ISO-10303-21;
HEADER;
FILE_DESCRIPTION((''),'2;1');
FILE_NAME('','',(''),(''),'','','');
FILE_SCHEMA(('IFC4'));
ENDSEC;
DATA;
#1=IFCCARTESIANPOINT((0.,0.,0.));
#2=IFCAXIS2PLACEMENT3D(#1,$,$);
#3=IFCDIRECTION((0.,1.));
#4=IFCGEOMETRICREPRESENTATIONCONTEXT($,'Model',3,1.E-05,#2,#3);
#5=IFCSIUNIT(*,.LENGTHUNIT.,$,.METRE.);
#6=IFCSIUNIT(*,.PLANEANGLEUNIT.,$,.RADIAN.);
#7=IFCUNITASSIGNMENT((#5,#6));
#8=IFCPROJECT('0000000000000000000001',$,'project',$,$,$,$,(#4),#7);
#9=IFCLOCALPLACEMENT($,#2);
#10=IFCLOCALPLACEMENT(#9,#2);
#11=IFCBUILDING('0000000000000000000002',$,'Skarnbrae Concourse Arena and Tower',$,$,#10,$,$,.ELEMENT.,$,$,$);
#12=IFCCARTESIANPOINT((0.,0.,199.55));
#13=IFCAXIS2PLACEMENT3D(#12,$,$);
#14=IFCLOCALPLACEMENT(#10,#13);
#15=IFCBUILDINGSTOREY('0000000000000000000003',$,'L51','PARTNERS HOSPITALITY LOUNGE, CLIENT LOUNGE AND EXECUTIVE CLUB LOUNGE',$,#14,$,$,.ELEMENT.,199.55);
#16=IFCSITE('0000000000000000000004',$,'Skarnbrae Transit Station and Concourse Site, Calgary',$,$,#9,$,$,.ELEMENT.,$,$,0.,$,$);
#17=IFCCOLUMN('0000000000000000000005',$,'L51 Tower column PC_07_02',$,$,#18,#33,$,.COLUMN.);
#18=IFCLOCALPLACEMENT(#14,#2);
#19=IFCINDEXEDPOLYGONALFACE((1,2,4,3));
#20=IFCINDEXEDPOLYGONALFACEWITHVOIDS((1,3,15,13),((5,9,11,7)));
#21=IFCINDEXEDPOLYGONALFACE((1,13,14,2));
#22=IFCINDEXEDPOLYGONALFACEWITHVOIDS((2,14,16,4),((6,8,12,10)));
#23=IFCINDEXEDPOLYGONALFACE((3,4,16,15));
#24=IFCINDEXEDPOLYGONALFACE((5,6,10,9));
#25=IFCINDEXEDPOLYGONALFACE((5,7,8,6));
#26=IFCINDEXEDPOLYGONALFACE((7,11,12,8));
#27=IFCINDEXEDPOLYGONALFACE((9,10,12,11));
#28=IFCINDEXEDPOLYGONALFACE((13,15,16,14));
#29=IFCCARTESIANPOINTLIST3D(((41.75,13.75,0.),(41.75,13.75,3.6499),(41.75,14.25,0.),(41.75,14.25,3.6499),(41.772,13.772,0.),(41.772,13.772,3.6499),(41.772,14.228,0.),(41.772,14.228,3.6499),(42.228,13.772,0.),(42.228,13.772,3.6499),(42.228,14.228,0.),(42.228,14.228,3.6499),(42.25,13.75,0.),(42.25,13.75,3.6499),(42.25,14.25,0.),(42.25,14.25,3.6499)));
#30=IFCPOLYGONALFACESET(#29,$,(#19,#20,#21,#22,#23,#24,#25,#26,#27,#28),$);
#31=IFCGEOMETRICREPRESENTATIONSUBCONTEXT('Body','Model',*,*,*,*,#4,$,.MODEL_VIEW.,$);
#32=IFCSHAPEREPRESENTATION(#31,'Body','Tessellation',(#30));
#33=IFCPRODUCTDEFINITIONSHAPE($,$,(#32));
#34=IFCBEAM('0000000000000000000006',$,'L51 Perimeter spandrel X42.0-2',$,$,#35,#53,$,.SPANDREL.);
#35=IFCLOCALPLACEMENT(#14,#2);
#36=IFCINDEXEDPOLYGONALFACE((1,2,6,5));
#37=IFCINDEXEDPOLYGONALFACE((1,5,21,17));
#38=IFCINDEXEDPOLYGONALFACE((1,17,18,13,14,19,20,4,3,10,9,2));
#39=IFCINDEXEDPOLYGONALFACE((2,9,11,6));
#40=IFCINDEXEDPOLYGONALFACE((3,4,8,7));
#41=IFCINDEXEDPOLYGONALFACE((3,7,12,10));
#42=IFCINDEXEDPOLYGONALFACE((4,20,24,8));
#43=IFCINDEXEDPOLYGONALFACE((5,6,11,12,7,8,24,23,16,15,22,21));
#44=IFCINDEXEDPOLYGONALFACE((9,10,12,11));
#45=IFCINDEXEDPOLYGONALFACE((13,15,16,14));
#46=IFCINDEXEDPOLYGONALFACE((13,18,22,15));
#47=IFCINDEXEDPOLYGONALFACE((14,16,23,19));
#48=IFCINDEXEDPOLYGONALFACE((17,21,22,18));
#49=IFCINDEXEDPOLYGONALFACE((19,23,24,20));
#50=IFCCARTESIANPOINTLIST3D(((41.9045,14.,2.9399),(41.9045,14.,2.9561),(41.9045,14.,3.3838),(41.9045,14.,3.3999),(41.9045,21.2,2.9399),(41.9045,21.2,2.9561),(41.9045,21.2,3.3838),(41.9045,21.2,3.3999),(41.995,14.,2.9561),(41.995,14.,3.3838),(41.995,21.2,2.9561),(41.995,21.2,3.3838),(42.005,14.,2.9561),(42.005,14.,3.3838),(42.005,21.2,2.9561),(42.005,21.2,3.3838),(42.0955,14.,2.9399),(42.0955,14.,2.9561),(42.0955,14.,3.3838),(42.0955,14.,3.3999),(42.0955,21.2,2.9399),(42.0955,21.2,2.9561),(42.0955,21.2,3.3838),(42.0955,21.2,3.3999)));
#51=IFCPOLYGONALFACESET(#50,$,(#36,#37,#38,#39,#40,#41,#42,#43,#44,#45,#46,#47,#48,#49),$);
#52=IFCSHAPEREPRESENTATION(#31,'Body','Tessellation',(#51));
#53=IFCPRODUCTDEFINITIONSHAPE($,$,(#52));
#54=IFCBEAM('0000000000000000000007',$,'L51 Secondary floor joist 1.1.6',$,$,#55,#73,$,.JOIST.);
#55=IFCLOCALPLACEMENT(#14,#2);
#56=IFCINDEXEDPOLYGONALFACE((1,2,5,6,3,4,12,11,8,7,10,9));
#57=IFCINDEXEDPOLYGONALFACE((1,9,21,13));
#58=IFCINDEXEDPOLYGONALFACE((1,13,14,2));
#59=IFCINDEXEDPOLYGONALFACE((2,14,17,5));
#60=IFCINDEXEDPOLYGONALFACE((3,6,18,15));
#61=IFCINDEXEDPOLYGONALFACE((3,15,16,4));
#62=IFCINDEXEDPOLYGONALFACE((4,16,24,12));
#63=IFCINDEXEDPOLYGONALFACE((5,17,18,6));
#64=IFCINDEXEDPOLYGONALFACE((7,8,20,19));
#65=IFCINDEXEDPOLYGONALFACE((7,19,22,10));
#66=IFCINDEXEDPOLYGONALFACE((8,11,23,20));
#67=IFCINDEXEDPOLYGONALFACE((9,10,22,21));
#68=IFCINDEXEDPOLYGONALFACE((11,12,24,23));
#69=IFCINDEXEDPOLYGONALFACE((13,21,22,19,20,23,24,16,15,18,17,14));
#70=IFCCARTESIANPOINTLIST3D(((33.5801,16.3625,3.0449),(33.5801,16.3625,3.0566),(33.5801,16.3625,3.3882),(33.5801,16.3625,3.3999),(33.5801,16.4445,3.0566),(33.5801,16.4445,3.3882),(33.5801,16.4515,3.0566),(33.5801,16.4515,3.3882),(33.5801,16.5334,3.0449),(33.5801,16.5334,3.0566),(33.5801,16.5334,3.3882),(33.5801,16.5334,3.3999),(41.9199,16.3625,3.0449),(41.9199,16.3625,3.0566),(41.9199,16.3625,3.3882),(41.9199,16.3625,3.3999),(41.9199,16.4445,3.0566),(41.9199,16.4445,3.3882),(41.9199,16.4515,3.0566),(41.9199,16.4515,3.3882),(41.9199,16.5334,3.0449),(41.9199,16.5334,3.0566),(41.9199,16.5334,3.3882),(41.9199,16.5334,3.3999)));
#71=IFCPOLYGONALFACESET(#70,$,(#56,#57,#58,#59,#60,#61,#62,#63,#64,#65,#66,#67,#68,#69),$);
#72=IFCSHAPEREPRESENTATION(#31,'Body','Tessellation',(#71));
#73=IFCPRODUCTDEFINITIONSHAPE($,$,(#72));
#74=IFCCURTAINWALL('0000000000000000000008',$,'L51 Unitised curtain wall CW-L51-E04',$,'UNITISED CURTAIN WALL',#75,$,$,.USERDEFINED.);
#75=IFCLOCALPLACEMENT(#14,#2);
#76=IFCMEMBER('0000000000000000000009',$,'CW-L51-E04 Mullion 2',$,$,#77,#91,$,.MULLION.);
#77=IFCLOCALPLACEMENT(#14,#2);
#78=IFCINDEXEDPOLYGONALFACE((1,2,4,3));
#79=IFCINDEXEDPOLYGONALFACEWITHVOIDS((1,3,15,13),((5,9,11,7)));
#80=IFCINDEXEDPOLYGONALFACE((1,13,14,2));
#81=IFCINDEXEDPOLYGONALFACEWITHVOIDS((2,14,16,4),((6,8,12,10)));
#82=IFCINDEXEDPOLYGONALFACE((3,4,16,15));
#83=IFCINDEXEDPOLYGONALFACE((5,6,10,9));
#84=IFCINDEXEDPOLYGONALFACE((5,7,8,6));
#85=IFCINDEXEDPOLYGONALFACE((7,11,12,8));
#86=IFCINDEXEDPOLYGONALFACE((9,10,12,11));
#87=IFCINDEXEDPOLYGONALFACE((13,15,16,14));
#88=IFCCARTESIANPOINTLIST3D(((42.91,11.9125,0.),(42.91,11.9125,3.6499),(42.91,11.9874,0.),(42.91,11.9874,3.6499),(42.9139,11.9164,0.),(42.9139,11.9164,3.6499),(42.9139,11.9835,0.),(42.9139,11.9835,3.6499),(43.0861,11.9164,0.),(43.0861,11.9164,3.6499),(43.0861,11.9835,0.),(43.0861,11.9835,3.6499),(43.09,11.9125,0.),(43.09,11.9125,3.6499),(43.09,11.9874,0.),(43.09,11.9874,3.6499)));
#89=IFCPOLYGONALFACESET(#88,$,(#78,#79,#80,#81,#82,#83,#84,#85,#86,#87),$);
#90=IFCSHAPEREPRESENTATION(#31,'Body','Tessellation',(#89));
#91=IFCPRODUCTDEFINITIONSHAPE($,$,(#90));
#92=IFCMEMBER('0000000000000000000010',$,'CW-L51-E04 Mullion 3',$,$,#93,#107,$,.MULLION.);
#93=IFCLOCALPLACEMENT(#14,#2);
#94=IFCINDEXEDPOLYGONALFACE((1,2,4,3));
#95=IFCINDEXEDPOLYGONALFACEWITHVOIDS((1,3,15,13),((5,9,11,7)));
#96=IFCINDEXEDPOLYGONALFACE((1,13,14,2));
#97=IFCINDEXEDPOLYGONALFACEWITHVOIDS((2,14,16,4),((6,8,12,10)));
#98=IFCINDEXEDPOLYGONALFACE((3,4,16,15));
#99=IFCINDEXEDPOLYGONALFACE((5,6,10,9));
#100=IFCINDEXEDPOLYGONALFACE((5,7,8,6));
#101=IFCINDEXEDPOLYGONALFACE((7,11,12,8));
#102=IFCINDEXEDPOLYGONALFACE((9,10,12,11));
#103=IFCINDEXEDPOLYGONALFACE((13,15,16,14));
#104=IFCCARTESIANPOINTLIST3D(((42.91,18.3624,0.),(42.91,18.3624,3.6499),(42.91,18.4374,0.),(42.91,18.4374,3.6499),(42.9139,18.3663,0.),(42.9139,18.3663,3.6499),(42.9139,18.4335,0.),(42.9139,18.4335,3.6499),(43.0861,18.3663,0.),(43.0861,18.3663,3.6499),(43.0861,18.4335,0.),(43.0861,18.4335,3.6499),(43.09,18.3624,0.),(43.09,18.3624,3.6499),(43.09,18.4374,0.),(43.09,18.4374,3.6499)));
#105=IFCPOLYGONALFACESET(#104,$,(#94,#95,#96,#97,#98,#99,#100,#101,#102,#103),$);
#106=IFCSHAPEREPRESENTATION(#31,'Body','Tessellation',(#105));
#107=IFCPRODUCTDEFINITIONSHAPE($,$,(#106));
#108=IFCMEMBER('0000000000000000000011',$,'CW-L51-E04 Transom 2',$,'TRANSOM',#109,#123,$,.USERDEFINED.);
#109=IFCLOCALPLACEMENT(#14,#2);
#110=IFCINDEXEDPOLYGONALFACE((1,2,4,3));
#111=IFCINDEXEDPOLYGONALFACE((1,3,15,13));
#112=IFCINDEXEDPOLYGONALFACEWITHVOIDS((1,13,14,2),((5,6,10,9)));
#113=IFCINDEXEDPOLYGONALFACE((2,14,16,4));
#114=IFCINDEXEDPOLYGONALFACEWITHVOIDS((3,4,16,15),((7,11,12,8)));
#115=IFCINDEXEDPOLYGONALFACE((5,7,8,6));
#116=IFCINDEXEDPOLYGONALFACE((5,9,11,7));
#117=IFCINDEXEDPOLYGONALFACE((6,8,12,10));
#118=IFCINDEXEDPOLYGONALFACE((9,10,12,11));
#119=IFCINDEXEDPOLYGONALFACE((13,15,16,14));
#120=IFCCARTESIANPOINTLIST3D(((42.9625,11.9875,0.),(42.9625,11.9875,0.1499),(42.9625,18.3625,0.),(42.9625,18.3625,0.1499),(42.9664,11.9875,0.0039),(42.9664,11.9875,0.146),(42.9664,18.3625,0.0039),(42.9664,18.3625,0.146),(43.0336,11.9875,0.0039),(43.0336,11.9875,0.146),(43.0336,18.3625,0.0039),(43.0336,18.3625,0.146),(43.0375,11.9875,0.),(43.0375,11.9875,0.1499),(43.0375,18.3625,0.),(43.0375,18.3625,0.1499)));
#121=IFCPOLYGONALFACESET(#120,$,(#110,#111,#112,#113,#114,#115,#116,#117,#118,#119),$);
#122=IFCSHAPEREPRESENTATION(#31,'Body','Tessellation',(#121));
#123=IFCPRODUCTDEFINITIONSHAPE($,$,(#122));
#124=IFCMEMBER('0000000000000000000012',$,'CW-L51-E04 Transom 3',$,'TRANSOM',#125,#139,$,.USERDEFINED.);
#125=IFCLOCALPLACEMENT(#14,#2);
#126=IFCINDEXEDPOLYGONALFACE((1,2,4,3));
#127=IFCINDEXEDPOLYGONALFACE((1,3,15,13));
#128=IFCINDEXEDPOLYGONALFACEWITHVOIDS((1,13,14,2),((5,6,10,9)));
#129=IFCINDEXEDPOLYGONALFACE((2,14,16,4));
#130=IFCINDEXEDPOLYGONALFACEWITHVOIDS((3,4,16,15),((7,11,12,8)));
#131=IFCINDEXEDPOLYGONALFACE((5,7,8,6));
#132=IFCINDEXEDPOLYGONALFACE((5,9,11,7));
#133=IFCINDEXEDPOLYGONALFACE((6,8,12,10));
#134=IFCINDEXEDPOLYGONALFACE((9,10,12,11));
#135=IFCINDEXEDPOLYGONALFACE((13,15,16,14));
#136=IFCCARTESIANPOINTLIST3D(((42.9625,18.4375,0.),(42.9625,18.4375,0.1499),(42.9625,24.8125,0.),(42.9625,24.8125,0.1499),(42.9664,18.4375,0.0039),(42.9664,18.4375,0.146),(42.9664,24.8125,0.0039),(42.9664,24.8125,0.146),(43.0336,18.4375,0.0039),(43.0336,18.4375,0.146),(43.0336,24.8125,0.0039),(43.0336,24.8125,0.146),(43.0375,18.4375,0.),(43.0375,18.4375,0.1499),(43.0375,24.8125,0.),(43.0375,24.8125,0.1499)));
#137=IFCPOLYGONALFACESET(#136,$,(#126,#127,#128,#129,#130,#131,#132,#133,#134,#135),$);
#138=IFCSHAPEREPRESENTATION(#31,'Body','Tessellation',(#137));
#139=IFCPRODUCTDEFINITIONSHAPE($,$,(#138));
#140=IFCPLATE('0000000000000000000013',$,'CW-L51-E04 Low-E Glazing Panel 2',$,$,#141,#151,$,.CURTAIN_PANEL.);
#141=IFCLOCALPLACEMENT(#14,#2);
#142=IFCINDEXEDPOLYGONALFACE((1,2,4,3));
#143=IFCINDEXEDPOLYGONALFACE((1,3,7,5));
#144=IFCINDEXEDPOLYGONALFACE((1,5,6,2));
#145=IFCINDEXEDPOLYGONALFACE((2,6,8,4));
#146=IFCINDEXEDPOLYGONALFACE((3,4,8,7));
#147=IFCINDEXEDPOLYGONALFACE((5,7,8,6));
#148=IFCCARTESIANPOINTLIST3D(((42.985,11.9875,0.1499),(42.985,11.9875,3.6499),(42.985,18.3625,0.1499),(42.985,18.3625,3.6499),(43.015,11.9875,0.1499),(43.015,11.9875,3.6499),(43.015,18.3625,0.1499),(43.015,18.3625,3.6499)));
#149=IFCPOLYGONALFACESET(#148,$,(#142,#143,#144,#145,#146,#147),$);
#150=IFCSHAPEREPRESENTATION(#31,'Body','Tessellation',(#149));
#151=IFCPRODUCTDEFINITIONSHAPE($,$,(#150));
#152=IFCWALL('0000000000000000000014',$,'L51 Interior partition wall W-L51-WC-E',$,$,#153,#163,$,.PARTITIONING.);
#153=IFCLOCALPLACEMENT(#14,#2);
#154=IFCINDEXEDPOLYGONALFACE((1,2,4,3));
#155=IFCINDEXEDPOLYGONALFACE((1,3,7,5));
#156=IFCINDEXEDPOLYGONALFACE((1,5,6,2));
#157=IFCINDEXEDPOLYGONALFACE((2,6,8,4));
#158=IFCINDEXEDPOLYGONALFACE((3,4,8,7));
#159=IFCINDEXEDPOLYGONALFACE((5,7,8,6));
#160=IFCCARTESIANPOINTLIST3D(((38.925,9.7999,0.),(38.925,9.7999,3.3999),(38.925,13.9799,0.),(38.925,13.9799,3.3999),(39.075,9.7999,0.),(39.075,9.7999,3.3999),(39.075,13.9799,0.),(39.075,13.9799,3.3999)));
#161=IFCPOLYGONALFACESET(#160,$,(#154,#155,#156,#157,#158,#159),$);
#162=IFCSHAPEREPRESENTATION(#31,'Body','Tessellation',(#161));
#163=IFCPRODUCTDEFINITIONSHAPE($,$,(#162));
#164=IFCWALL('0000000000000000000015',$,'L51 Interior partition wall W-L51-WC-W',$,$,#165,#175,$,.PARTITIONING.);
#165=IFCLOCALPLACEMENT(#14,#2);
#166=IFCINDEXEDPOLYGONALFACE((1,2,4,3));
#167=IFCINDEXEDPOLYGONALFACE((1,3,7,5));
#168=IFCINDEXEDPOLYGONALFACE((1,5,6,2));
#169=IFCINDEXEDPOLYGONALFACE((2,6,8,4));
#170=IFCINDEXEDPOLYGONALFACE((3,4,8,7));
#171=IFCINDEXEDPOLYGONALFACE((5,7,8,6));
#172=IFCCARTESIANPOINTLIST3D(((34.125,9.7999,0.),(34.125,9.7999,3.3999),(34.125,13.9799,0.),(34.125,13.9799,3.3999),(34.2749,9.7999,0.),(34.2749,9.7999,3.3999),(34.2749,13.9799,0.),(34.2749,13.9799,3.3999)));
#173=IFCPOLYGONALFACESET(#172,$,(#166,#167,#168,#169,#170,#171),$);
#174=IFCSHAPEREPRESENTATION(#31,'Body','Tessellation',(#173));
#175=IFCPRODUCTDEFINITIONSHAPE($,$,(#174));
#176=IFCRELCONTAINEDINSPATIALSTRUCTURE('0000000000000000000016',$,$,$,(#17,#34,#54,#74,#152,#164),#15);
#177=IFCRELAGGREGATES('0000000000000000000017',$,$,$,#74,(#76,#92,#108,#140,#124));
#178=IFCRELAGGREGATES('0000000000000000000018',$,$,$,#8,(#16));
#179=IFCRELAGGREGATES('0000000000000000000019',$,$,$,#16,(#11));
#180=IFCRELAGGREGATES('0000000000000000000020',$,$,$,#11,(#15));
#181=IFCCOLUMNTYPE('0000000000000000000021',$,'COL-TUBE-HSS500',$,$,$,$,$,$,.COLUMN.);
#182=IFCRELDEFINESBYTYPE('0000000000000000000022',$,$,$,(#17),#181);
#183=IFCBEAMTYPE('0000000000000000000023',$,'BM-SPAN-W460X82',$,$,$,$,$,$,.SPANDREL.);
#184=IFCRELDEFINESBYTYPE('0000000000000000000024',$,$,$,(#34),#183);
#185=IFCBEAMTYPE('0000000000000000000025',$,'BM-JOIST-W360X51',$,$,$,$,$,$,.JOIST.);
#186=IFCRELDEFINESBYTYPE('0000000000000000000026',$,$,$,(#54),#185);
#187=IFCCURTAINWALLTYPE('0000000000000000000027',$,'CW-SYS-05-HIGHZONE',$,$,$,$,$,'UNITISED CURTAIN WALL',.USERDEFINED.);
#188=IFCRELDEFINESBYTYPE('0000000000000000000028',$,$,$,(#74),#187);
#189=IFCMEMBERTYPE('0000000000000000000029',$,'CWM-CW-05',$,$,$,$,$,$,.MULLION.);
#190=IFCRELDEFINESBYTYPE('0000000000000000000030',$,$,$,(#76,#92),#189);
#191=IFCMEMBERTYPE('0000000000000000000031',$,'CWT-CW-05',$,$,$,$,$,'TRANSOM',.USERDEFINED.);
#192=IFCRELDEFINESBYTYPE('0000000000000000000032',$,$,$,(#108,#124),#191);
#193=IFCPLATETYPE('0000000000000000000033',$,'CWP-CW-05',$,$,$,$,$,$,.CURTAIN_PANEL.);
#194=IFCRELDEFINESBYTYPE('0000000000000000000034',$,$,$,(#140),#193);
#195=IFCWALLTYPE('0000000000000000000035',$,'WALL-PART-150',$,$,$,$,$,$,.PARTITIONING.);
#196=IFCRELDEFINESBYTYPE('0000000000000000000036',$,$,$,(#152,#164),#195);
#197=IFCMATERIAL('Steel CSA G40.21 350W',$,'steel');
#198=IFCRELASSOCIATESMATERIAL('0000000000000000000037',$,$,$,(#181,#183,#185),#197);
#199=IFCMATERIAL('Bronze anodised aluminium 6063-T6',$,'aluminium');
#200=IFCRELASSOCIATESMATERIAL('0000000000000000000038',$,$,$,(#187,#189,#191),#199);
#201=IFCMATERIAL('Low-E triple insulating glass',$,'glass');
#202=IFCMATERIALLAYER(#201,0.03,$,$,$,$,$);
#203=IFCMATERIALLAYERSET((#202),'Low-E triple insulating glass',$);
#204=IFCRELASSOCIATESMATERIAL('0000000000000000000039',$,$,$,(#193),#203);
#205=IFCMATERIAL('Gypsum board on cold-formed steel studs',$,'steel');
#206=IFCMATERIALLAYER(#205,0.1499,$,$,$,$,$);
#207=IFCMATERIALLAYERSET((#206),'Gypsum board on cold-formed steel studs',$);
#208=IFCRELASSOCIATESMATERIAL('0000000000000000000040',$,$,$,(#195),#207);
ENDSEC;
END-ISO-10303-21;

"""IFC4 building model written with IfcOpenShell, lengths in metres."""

from ifc_helpers import new_model, si_unit, direction, frame, frame_2d, origin, origin_2d, place, context, subcontext, project, spatial, rectangle, hollow_rectangle, i_section, extrude, source, transform, mapped, material, layer, layer_set, material_profile, profile_set, type_object, element, aggregate, save


model = new_model("IFC4")

# Units and contexts
model_context = context("Model", 3, precision=1e-05, world=origin(), true_north=direction((0.0, 1.0)))
body_context = subcontext(model_context, "Body", "Model", "MODEL_VIEW")
ifc_project = project(units=[si_unit("LENGTHUNIT", "METRE"), si_unit("PLANEANGLEUNIT", "RADIAN")], contexts=[model_context])

# Site, building, storey
site_placement = place(None, origin())
site = spatial("IfcSite", under=ifc_project, at=site_placement, Name="Skarnbrae Transit Station and Concourse Site, Calgary", CompositionType="ELEMENT", RefElevation=0.0)
building_placement = place(site_placement, origin())
building = spatial("IfcBuilding", under=site, at=building_placement, Name="Skarnbrae Concourse Arena and Tower", CompositionType="ELEMENT")
storey_placement = place(building_placement, frame((0.0, 0.0, 199.55)))
storey = spatial("IfcBuildingStorey", under=building, at=storey_placement, Name="L51", Description="PARTNERS HOSPITALITY LOUNGE, CLIENT LOUNGE AND EXECUTIVE CLUB LOUNGE", CompositionType="ELEMENT", Elevation=199.55)

# Column
ifc_material_1 = material(Name="Steel CSA G40.21 350W", Category="steel")
ifc_material_profile_1 = material_profile(ifc_material_1, hollow_rectangle(XDim=0.5, YDim=0.5, WallThickness=0.022, at=origin_2d()), Name="HSS500X500X22.0")
ifc_profile_set_1 = profile_set([ifc_material_profile_1], Name="Steel CSA G40.21 350W")
column_type = type_object("IfcColumnType", Name="COL-TUBE-HSS500", PredefinedType="COLUMN", material=ifc_profile_set_1)
shared_shape_1 = source(origin(), body_context, "Body", "SweptSolid", [
    extrude(hollow_rectangle(XDim=0.5, YDim=0.5, WallThickness=0.022, at=origin_2d()), origin(), (0.0, 0.0, 1.0), 3.6499),
])
column_placement = place(storey_placement, frame((42.0, 14.0, 0.0), z_axis=(0.0, 0.0, 1.0), x_axis=(1.0, 0.0, 0.0)))
element("IfcColumn", 1, at=column_placement, inside=storey, type_object=column_type, Name="L51 Tower column PC_07_02", PredefinedType="COLUMN", context=body_context, shape_type="MappedRepresentation", body=[
    mapped(shared_shape_1, transform((0.0, 0.0, 0.0))),
])

# Beams
ifc_material_profile_2 = material_profile(ifc_material_1, i_section(OverallWidth=0.1909, OverallDepth=0.46, WebThickness=0.01, FlangeThickness=0.0161, at=origin_2d()), Name="W460X82")
ifc_profile_set_2 = profile_set([ifc_material_profile_2], Name="Steel CSA G40.21 350W")
beam_type_1 = type_object("IfcBeamType", Name="BM-SPAN-W460X82", PredefinedType="SPANDREL", material=ifc_profile_set_2)
shared_shape_2 = source(origin(), body_context, "Body", "SweptSolid", [
    extrude(i_section(OverallWidth=0.1909, OverallDepth=0.46, WebThickness=0.01, FlangeThickness=0.0161, at=origin_2d()), origin(), (0.0, 0.0, 1.0), 7.2),
])
beam_1_placement = place(storey_placement, frame((42.0, 14.0, 3.1699), z_axis=(0.0, 1.0, 0.0), x_axis=(-1.0, 0.0, 0.0)))
element("IfcBeam", 2, at=beam_1_placement, inside=storey, type_object=beam_type_1, Name="L51 Perimeter spandrel X42.0-2", PredefinedType="SPANDREL", context=body_context, shape_type="MappedRepresentation", body=[
    mapped(shared_shape_2, transform((0.0, 0.0, 0.0))),
])
ifc_material_profile_3 = material_profile(ifc_material_1, i_section(OverallWidth=0.1709, OverallDepth=0.355, WebThickness=0.0071, FlangeThickness=0.0117, at=origin_2d()), Name="W360X51")
ifc_profile_set_3 = profile_set([ifc_material_profile_3], Name="Steel CSA G40.21 350W")
beam_type_2 = type_object("IfcBeamType", Name="BM-JOIST-W360X51", PredefinedType="JOIST", material=ifc_profile_set_3)
shared_shape_3 = source(origin(), body_context, "Body", "SweptSolid", [
    extrude(i_section(OverallWidth=0.1709, OverallDepth=0.355, WebThickness=0.0071, FlangeThickness=0.0117, at=origin_2d()), origin(), (0.0, 0.0, 1.0), 8.3398),
])
beam_2_placement = place(storey_placement, frame((33.5801, 16.448, 3.2224), z_axis=(1.0, 0.0, 0.0), x_axis=(0.0, 1.0, 0.0)))
element("IfcBeam", 3, at=beam_2_placement, inside=storey, type_object=beam_type_2, Name="L51 Secondary floor joist 1.1.6", PredefinedType="JOIST", context=body_context, shape_type="MappedRepresentation", body=[
    mapped(shared_shape_3, transform((0.0, 0.0, 0.0))),
])

# Curtain wall, members, plate
ifc_material_2 = material(Name="Bronze anodised aluminium 6063-T6", Category="aluminium")
curtain_wall_type = type_object("IfcCurtainWallType", Name="CW-SYS-05-HIGHZONE", ElementType="UNITISED CURTAIN WALL", PredefinedType="USERDEFINED", material=ifc_material_2)
curtain_wall_placement = place(storey_placement, origin())
curtain_wall = element("IfcCurtainWall", 4, at=curtain_wall_placement, inside=storey, type_object=curtain_wall_type, Name="L51 Unitised curtain wall CW-L51-E04", ObjectType="UNITISED CURTAIN WALL", PredefinedType="USERDEFINED")
ifc_material_profile_4 = material_profile(ifc_material_2, hollow_rectangle(XDim=0.075, YDim=0.1799, WallThickness=0.0039, at=origin_2d()), Name="ALU-MULL-75X180")
ifc_profile_set_4 = profile_set([ifc_material_profile_4], Name="Bronze anodised aluminium 6063-T6")
member_type_1 = type_object("IfcMemberType", Name="CWM-CW-05", PredefinedType="MULLION", material=ifc_profile_set_4)
shared_shape_4 = source(origin(), body_context, "Body", "SweptSolid", [
    extrude(hollow_rectangle(XDim=0.075, YDim=0.1799, WallThickness=0.0039, at=origin_2d()), origin(), (0.0, 0.0, 1.0), 3.6499),
])
member_1_placement = place(storey_placement, frame((43.0, 11.95, 0.0), z_axis=(0.0, 0.0, 1.0), x_axis=(0.0, 1.0, 0.0)))
member_1 = element("IfcMember", 5, at=member_1_placement, type_object=member_type_1, Name="CW-L51-E04 Mullion 2", PredefinedType="MULLION", context=body_context, shape_type="MappedRepresentation", body=[
    mapped(shared_shape_4, transform((0.0, 0.0, 0.0))),
])
member_2_placement = place(storey_placement, frame((43.0, 18.3999, 0.0), z_axis=(0.0, 0.0, 1.0), x_axis=(0.0, 1.0, 0.0)))
member_2 = element("IfcMember", 6, at=member_2_placement, type_object=member_type_1, Name="CW-L51-E04 Mullion 3", PredefinedType="MULLION", context=body_context, shape_type="MappedRepresentation", body=[
    mapped(shared_shape_4, transform((0.0, 0.0, 0.0))),
])
ifc_material_profile_5 = material_profile(ifc_material_2, hollow_rectangle(XDim=0.075, YDim=0.1499, WallThickness=0.0039, at=origin_2d()), Name="ALU-TRAN-75X150")
ifc_profile_set_5 = profile_set([ifc_material_profile_5], Name="Bronze anodised aluminium 6063-T6")
member_type_2 = type_object("IfcMemberType", Name="CWT-CW-05", ElementType="TRANSOM", PredefinedType="USERDEFINED", material=ifc_profile_set_5)
shared_shape_5 = source(origin(), body_context, "Body", "SweptSolid", [
    extrude(hollow_rectangle(XDim=0.075, YDim=0.1499, WallThickness=0.0039, at=origin_2d()), origin(), (0.0, 0.0, 1.0), 6.375),
])
member_3_placement = place(storey_placement, frame((43.0, 11.9875, 0.075), z_axis=(0.0, 1.0, 0.0), x_axis=(-1.0, 0.0, 0.0)))
member_3 = element("IfcMember", 7, at=member_3_placement, type_object=member_type_2, Name="CW-L51-E04 Transom 2", ObjectType="TRANSOM", PredefinedType="USERDEFINED", context=body_context, shape_type="MappedRepresentation", body=[
    mapped(shared_shape_5, transform((0.0, 0.0, 0.0))),
])
member_4_placement = place(storey_placement, frame((43.0, 18.4375, 0.075), z_axis=(0.0, 1.0, 0.0), x_axis=(-1.0, 0.0, 0.0)))
member_4 = element("IfcMember", 8, at=member_4_placement, type_object=member_type_2, Name="CW-L51-E04 Transom 3", ObjectType="TRANSOM", PredefinedType="USERDEFINED", context=body_context, shape_type="MappedRepresentation", body=[
    mapped(shared_shape_5, transform((0.0, 0.0, 0.0))),
])
ifc_material_3 = material(Name="Low-E triple insulating glass", Category="glass")
ifc_layer_1 = layer(ifc_material_3, 0.03)
ifc_layer_set_1 = layer_set([ifc_layer_1], Name="Low-E triple insulating glass")
plate_type = type_object("IfcPlateType", Name="CWP-CW-05", PredefinedType="CURTAIN_PANEL", material=ifc_layer_set_1)
shared_shape_6 = source(origin(), body_context, "Body", "SweptSolid", [
    extrude(rectangle(XDim=6.375, YDim=0.03, at=origin_2d()), origin(), (0.0, 0.0, 1.0), 3.5),
])
plate_placement = place(storey_placement, frame((43.0, 15.175, 0.1499), z_axis=(0.0, 0.0, 1.0), x_axis=(0.0, 1.0, 0.0)))
plate = element("IfcPlate", 9, at=plate_placement, type_object=plate_type, Name="CW-L51-E04 Low-E Glazing Panel 2", PredefinedType="CURTAIN_PANEL", context=body_context, shape_type="MappedRepresentation", body=[
    mapped(shared_shape_6, transform((0.0, 0.0, 0.0))),
])
aggregate(curtain_wall, [member_1, member_2, member_3, plate, member_4])

# Walls
ifc_material_4 = material(Name="Gypsum board on cold-formed steel studs", Category="steel")
ifc_layer_2 = layer(ifc_material_4, 0.1499)
ifc_layer_set_2 = layer_set([ifc_layer_2], Name="Gypsum board on cold-formed steel studs")
wall_type_1 = type_object("IfcWallType", Name="WALL-PART-150", PredefinedType="PARTITIONING", material=ifc_layer_set_2)
shared_shape_7 = source(origin(), body_context, "Body", "SweptSolid", [
    extrude(rectangle(XDim=4.1799, YDim=0.1499, at=frame_2d((2.0898, 0.0))), origin(), (0.0, 0.0, 1.0), 3.3999),
])
for number, where, z_axis, x_axis, name in (
    (10, (39.0, 9.8, 0.0), (0.0, 0.0, 1.0), (0.0, 1.0, 0.0), "L51 Interior partition wall W-L51-WC-E"),
    (11, (34.2, 9.8, 0.0), (0.0, 0.0, 1.0), (0.0, 1.0, 0.0), "L51 Interior partition wall W-L51-WC-W"),
):
    element("IfcWall", number, at=place(storey_placement, frame(where, z_axis=z_axis, x_axis=x_axis)), inside=storey, type_object=wall_type_1, Name=name, PredefinedType="PARTITIONING", context=body_context, shape_type="MappedRepresentation", body=[
        mapped(shared_shape_7, transform((0.0, 0.0, 0.0))),
    ])

save(model, "model.ifc")
